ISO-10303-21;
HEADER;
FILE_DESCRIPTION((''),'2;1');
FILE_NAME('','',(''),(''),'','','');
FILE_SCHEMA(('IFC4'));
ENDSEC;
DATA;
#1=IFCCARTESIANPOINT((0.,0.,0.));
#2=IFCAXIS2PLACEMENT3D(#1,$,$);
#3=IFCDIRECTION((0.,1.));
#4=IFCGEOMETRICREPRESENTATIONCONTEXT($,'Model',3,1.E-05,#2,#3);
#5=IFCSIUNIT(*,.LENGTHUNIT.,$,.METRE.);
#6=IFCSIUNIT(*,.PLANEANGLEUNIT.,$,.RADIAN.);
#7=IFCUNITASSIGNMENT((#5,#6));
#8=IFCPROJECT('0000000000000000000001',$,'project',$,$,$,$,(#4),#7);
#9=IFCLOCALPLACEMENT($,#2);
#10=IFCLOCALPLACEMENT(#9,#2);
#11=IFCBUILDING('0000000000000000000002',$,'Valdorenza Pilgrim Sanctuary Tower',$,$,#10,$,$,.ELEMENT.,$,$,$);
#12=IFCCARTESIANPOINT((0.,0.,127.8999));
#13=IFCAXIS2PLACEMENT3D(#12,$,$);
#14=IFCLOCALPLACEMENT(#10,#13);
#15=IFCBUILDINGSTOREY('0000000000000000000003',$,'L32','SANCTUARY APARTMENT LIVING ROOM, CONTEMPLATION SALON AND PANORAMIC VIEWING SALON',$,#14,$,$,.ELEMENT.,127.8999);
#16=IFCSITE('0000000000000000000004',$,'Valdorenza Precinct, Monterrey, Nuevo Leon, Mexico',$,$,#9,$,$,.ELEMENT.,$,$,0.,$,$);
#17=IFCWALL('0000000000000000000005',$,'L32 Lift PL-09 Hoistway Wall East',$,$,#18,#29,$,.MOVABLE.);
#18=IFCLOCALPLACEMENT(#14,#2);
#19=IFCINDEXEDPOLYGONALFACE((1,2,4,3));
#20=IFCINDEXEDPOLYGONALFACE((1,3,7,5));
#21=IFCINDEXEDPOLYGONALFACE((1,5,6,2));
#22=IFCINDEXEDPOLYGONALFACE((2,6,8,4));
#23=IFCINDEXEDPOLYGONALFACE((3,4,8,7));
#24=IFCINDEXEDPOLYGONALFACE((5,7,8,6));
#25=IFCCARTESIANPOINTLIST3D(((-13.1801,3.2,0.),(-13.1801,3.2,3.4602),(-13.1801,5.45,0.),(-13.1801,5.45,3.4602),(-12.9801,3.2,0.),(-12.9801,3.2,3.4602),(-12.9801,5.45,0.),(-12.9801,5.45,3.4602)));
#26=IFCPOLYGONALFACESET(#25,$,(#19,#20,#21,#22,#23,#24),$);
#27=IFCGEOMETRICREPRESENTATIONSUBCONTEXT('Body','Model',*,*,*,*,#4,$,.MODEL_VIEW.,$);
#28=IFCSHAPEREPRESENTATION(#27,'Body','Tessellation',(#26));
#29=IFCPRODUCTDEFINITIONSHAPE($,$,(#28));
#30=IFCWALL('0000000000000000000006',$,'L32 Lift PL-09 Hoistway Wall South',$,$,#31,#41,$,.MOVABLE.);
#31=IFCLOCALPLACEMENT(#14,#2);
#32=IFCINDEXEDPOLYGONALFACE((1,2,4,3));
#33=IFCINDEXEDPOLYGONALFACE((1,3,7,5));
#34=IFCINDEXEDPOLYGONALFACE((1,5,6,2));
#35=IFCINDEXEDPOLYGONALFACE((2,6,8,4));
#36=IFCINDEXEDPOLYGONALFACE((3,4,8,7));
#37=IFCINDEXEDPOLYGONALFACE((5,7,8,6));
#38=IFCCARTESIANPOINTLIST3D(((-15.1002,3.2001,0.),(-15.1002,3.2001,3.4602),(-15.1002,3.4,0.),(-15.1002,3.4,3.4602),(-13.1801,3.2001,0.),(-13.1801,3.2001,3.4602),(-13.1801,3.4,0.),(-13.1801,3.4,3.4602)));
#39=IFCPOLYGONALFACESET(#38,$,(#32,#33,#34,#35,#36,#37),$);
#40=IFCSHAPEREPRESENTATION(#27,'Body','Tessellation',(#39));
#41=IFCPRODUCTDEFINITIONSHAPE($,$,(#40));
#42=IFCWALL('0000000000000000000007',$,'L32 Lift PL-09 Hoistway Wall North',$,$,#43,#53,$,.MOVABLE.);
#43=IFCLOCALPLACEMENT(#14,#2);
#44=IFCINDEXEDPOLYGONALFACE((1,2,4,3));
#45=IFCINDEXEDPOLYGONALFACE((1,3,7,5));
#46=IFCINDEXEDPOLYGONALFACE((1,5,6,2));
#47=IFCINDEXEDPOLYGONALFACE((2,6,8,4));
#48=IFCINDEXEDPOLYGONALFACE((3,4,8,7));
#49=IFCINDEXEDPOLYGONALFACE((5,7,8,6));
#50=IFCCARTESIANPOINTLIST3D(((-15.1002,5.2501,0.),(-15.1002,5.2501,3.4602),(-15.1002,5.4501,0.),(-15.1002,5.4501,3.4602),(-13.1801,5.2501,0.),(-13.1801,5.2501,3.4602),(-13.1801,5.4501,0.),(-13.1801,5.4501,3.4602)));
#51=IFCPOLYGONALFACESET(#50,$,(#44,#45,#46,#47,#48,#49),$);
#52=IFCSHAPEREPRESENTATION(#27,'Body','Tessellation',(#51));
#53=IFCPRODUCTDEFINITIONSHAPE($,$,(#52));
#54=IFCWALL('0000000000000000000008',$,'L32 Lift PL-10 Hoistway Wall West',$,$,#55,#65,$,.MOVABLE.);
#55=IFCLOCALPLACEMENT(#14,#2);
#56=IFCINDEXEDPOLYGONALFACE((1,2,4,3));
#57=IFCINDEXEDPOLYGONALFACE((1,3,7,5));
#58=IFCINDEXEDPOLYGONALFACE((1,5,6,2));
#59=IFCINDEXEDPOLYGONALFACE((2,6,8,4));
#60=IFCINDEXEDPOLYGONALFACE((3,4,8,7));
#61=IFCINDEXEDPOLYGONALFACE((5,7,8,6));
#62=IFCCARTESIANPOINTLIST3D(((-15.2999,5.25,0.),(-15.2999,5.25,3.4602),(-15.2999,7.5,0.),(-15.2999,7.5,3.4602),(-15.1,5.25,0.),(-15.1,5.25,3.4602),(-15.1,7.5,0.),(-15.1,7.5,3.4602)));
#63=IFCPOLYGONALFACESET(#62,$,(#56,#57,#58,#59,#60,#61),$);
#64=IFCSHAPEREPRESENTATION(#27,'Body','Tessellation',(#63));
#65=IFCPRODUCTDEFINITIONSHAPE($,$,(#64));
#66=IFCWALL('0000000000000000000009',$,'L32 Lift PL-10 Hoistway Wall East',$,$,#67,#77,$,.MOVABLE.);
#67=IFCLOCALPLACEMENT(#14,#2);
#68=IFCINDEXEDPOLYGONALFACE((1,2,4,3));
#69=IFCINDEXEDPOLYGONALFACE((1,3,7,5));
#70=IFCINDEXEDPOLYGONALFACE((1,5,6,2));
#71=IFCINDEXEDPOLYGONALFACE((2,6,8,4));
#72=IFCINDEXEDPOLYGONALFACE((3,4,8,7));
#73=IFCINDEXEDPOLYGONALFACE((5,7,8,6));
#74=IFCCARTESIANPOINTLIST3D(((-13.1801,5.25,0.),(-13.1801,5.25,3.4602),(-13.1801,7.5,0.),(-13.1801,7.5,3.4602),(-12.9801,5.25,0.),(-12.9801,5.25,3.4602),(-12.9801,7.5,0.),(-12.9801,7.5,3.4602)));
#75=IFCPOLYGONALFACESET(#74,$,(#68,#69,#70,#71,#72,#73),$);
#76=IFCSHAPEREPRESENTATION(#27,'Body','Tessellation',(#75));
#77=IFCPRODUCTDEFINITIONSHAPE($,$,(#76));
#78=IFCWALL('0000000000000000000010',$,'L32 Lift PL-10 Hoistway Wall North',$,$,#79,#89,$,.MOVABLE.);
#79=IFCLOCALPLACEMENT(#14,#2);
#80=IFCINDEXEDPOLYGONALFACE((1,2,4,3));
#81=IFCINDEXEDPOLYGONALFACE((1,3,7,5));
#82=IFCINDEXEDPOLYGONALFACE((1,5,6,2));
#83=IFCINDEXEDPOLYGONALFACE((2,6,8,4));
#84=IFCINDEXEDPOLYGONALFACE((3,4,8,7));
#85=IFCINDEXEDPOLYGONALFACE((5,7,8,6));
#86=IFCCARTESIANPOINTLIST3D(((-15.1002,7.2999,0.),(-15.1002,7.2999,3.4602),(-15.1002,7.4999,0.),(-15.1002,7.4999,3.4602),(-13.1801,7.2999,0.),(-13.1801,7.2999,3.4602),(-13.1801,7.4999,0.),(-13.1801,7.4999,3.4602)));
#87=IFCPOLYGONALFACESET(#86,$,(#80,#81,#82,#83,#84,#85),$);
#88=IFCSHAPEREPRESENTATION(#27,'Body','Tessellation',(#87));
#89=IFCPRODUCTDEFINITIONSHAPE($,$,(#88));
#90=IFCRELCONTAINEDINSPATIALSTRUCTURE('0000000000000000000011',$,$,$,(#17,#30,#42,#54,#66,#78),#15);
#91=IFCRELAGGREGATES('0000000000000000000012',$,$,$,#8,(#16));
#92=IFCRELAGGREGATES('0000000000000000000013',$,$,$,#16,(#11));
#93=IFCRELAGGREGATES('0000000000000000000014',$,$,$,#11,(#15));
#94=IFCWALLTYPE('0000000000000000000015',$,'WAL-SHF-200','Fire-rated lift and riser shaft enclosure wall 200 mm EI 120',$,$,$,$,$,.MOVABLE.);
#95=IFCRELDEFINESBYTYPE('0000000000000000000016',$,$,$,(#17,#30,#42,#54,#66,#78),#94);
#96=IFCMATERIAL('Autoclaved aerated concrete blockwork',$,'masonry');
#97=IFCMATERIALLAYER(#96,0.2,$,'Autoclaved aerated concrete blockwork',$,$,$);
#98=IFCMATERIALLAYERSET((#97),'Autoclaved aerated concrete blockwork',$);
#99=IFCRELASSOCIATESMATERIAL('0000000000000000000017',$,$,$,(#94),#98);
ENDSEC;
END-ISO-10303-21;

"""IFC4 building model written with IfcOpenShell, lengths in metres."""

from ifc_helpers import new_model, si_unit, direction, frame, frame_2d, origin, place, context, subcontext, project, spatial, rectangle, extrude, material, layer, layer_set, type_object, element, save


model = new_model("IFC4")

# Units and contexts
model_context = context("Model", 3, precision=1e-05, world=origin(), true_north=direction((0.0, 1.0)))
body_context = subcontext(model_context, "Body", "Model", "MODEL_VIEW")
ifc_project = project(units=[si_unit("LENGTHUNIT", "METRE"), si_unit("PLANEANGLEUNIT", "RADIAN")], contexts=[model_context])

# Site, building, storey
site_placement = place(None, origin())
site = spatial("IfcSite", under=ifc_project, at=site_placement, Name="Valdorenza Precinct, Monterrey, Nuevo Leon, Mexico", CompositionType="ELEMENT", RefElevation=0.0)
building_placement = place(site_placement, origin())
building = spatial("IfcBuilding", under=site, at=building_placement, Name="Valdorenza Pilgrim Sanctuary Tower", CompositionType="ELEMENT")
storey_placement = place(building_placement, frame((0.0, 0.0, 127.8999)))
storey = spatial("IfcBuildingStorey", under=building, at=storey_placement, Name="L32", Description="SANCTUARY APARTMENT LIVING ROOM, CONTEMPLATION SALON AND PANORAMIC VIEWING SALON", CompositionType="ELEMENT", Elevation=127.8999)

# Shared definitions
ifc_material_1 = material(Name="Autoclaved aerated concrete blockwork", Category="masonry")
ifc_layer_1 = layer(ifc_material_1, 0.2, Name="Autoclaved aerated concrete blockwork")
ifc_layer_set_1 = layer_set([ifc_layer_1], Name="Autoclaved aerated concrete blockwork")
wall_type_1 = type_object("IfcWallType", Name="WAL-SHF-200", Description="Fire-rated lift and riser shaft enclosure wall 200 mm EI 120", PredefinedType="MOVABLE", material=ifc_layer_set_1)

# Walls
for number, where, z_axis, x_axis, name in (
    (1, (-13.0801, 3.2, 0.0), (0.0, 0.0, 1.0), (0.0, 1.0, 0.0), "L32 Lift PL-09 Hoistway Wall East"),
):
    element("IfcWall", number, at=place(storey_placement, frame(where, z_axis=z_axis, x_axis=x_axis)), inside=storey, type_object=wall_type_1, Name=name, PredefinedType="MOVABLE", context=body_context, shape_type="SweptSolid", body=[
        extrude(rectangle(XDim=2.25, YDim=0.2, at=frame_2d((1.125, 0.0))), origin(), (0.0, 0.0, 1.0), 3.4602),
    ])
for number, where, z_axis, x_axis, name in (
    (2, (-15.1001, 3.3, 0.0), (0.0, 0.0, 1.0), (1.0, 0.0, 0.0), "L32 Lift PL-09 Hoistway Wall South"),
    (3, (-15.1001, 5.3501, 0.0), (0.0, 0.0, 1.0), (1.0, 0.0, 0.0), "L32 Lift PL-09 Hoistway Wall North"),
):
    element("IfcWall", number, at=place(storey_placement, frame(where, z_axis=z_axis, x_axis=x_axis)), inside=storey, type_object=wall_type_1, Name=name, PredefinedType="MOVABLE", context=body_context, shape_type="SweptSolid", body=[
        extrude(rectangle(XDim=1.9202, YDim=0.2, at=frame_2d((0.96, 0.0))), origin(), (0.0, 0.0, 1.0), 3.4602),
    ])
for number, where, z_axis, x_axis, name in (
    (4, (-15.2, 5.25, 0.0), (0.0, 0.0, 1.0), (0.0, 1.0, 0.0), "L32 Lift PL-10 Hoistway Wall West"),
    (5, (-13.0801, 5.25, 0.0), (0.0, 0.0, 1.0), (0.0, 1.0, 0.0), "L32 Lift PL-10 Hoistway Wall East"),
):
    element("IfcWall", number, at=place(storey_placement, frame(where, z_axis=z_axis, x_axis=x_axis)), inside=storey, type_object=wall_type_1, Name=name, PredefinedType="MOVABLE", context=body_context, shape_type="SweptSolid", body=[
        extrude(rectangle(XDim=2.25, YDim=0.2, at=frame_2d((1.125, 0.0))), origin(), (0.0, 0.0, 1.0), 3.4602),
    ])
wall_1_placement = place(storey_placement, frame((-15.1001, 7.3999, 0.0), z_axis=(0.0, 0.0, 1.0), x_axis=(1.0, 0.0, 0.0)))
element("IfcWall", 6, at=wall_1_placement, inside=storey, type_object=wall_type_1, Name="L32 Lift PL-10 Hoistway Wall North", PredefinedType="MOVABLE", context=body_context, shape_type="SweptSolid", body=[
    extrude(rectangle(XDim=1.9202, YDim=0.2, at=frame_2d((0.96, 0.0))), origin(), (0.0, 0.0, 1.0), 3.4602),
])

save(model, "model.ifc")
